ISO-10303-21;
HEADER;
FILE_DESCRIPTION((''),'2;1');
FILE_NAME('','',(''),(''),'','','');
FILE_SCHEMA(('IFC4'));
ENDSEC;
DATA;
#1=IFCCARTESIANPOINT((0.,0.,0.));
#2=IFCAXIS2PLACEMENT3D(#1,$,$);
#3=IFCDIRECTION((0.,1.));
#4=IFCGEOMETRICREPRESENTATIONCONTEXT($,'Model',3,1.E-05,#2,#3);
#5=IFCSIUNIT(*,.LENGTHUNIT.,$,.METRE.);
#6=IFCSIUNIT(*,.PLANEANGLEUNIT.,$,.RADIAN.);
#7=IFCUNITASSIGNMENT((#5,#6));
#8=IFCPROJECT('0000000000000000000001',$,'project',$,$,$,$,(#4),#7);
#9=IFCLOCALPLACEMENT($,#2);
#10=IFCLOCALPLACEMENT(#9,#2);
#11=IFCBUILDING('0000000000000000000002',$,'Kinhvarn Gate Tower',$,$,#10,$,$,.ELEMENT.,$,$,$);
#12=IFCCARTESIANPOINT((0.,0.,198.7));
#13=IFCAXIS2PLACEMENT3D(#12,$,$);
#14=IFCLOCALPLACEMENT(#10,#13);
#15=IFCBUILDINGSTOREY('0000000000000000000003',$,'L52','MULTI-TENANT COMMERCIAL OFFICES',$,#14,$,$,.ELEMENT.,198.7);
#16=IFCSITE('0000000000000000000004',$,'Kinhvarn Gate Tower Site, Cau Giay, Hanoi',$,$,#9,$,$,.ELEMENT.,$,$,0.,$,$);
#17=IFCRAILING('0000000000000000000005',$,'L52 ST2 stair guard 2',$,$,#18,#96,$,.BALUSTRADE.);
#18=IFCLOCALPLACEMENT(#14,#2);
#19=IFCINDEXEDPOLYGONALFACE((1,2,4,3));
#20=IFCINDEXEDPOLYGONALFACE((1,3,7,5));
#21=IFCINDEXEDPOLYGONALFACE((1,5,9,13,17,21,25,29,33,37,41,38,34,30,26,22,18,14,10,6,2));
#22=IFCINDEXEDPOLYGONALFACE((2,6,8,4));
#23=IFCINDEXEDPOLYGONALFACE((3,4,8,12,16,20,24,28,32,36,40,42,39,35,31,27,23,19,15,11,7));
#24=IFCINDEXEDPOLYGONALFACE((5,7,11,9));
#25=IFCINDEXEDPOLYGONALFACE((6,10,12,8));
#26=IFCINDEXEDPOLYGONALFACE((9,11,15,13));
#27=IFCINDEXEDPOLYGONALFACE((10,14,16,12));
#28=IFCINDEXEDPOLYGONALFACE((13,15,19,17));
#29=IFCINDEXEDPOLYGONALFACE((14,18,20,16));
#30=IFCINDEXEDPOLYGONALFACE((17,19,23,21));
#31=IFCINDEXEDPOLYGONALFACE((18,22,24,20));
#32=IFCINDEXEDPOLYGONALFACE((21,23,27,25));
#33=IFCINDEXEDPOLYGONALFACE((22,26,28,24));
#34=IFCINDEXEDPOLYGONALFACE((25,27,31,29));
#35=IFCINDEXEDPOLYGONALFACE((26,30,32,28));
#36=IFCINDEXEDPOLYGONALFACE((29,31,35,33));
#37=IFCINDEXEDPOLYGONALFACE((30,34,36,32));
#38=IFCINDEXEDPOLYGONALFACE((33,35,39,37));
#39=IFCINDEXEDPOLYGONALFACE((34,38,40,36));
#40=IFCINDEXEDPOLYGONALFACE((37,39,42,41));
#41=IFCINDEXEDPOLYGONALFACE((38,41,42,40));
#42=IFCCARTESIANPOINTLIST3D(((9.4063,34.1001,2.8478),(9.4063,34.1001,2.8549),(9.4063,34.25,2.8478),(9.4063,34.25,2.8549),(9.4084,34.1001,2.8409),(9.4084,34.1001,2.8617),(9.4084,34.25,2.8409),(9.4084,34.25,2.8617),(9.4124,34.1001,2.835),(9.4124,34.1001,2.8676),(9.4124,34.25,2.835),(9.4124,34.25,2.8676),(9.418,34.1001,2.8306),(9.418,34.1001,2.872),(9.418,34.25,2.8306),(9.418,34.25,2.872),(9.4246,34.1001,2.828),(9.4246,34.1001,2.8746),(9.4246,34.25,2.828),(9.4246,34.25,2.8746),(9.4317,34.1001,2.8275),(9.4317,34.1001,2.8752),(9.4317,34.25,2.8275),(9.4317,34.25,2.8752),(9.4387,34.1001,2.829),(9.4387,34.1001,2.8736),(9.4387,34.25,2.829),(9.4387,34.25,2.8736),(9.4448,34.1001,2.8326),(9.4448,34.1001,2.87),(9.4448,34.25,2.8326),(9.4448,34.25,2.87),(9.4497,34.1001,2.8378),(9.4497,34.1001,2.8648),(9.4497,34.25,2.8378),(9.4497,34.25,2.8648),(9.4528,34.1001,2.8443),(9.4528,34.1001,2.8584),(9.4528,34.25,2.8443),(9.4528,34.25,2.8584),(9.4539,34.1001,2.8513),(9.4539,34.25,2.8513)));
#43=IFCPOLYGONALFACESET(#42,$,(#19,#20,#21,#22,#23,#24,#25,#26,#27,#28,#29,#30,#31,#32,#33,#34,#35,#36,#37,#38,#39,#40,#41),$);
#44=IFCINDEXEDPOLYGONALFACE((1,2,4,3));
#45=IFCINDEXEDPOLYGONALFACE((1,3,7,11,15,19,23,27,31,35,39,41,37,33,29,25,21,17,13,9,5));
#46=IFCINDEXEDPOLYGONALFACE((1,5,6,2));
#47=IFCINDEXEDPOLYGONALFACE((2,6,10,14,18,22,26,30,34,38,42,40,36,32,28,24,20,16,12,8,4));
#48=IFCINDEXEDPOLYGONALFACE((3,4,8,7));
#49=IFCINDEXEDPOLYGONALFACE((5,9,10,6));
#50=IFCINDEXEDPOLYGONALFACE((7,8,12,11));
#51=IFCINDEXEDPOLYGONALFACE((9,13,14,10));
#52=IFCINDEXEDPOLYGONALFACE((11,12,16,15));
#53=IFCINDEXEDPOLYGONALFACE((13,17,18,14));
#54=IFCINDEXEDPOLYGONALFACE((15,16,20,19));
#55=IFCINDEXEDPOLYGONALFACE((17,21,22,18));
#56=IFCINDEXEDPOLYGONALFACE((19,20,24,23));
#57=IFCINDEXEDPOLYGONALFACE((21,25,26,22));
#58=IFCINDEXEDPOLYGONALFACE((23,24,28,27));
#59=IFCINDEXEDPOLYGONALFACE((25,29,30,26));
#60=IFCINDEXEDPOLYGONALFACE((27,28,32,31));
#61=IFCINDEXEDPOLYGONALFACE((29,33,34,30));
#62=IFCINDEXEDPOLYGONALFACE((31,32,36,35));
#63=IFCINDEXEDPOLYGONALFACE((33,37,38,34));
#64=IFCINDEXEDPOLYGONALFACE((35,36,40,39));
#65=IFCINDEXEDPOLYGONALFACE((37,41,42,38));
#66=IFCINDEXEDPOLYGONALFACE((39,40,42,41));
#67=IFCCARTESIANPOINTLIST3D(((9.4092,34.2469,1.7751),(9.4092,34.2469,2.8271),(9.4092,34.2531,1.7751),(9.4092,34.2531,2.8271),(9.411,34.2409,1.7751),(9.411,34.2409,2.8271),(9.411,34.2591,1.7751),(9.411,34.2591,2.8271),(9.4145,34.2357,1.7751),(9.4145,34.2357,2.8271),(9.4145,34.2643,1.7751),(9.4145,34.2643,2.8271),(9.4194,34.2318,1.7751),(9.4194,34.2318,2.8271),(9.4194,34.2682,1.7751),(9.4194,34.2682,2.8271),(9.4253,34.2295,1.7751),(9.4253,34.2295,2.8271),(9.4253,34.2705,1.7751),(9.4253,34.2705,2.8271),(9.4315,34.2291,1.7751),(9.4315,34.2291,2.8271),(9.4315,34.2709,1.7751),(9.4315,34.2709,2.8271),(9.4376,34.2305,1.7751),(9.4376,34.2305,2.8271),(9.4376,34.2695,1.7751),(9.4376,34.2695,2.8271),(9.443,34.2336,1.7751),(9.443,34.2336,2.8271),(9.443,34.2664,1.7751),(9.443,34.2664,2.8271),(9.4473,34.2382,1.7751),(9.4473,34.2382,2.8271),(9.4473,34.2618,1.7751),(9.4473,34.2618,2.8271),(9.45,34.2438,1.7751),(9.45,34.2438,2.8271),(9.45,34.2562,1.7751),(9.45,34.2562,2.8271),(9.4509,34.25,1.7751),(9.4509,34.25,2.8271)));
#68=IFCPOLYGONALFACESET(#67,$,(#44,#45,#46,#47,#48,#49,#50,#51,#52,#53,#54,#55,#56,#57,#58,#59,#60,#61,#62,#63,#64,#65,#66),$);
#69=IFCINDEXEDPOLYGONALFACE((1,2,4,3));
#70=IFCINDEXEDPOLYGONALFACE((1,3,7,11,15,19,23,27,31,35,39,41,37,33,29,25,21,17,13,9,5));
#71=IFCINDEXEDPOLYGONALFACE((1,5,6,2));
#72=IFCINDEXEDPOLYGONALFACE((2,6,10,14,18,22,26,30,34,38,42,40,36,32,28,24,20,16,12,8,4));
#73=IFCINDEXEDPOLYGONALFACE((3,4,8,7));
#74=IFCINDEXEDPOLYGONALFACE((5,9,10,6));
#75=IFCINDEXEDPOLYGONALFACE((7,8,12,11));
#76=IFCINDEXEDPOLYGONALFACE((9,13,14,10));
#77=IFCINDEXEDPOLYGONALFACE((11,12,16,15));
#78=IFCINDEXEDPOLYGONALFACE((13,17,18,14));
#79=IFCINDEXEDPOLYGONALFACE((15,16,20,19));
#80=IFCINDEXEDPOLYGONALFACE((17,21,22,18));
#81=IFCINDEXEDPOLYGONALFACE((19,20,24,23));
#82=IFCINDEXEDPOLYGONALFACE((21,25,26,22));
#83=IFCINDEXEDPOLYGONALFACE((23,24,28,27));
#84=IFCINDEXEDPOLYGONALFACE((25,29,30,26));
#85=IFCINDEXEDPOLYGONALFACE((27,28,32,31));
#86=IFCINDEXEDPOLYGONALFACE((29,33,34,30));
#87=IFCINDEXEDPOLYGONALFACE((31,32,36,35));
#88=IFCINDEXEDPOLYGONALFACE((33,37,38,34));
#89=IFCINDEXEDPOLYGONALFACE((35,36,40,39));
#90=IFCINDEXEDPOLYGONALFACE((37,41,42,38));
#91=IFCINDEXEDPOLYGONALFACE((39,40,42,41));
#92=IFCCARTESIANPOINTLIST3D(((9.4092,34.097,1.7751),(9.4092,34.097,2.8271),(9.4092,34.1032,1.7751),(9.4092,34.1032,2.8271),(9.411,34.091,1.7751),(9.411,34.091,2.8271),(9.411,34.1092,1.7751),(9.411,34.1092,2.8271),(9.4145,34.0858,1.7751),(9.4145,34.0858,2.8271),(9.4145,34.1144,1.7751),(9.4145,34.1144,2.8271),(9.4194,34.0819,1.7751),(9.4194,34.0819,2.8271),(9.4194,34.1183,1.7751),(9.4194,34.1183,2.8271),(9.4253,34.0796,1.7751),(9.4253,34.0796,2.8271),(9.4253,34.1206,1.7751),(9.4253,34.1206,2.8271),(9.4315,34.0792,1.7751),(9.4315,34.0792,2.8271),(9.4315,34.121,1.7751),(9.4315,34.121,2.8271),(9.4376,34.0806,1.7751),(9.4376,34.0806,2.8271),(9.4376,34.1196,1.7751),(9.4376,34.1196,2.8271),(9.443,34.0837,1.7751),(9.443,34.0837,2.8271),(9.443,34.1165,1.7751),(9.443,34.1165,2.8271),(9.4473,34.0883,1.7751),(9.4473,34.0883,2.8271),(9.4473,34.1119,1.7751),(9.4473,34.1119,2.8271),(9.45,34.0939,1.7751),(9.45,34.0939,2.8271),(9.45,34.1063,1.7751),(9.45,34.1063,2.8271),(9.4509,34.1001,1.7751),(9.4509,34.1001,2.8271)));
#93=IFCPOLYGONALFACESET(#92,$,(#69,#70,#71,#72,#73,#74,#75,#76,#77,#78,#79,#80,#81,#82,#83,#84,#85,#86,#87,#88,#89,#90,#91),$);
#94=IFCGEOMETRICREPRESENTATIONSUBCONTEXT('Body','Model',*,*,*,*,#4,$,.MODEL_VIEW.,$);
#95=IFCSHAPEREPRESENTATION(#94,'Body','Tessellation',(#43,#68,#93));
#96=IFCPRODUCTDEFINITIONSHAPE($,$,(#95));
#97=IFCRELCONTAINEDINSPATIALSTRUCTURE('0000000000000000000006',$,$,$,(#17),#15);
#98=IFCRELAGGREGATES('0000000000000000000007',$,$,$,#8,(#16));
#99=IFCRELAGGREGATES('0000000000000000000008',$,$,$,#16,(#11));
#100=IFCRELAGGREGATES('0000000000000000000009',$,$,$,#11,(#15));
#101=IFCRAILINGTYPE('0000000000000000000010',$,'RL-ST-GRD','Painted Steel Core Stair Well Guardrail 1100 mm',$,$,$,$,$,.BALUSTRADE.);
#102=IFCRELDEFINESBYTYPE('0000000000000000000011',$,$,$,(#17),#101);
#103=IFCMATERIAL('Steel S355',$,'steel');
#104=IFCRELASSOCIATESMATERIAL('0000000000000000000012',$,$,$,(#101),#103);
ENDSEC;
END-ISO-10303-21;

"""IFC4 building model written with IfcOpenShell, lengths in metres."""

from ifc_helpers import new_model, si_unit, direction, frame, origin, origin_2d, place, context, subcontext, project, spatial, circle, extrude, material, type_object, element, save


model = new_model("IFC4")

# Units and contexts
model_context = context("Model", 3, precision=1e-05, world=origin(), true_north=direction((0.0, 1.0)))
body_context = subcontext(model_context, "Body", "Model", "MODEL_VIEW")
ifc_project = project(units=[si_unit("LENGTHUNIT", "METRE"), si_unit("PLANEANGLEUNIT", "RADIAN")], contexts=[model_context])

# Site, building, storey
site_placement = place(None, origin())
site = spatial("IfcSite", under=ifc_project, at=site_placement, Name="Kinhvarn Gate Tower Site, Cau Giay, Hanoi", CompositionType="ELEMENT", RefElevation=0.0)
building_placement = place(site_placement, origin())
building = spatial("IfcBuilding", under=site, at=building_placement, Name="Kinhvarn Gate Tower", CompositionType="ELEMENT")
storey_placement = place(building_placement, frame((0.0, 0.0, 198.7)))
storey = spatial("IfcBuildingStorey", under=building, at=storey_placement, Name="L52", Description="MULTI-TENANT COMMERCIAL OFFICES", CompositionType="ELEMENT", Elevation=198.7)

# Railing
ifc_material_1 = material(Name="Steel S355", Category="steel")
railing_type_1 = type_object("IfcRailingType", Name="RL-ST-GRD", Description="Painted Steel Core Stair Well Guardrail 1100 mm", PredefinedType="BALUSTRADE", material=ifc_material_1)
railing_1_placement = place(storey_placement, frame((9.4299, 34.25, 1.7751)))
element("IfcRailing", 1, at=railing_1_placement, inside=storey, type_object=railing_type_1, Name="L52 ST2 stair guard 2", PredefinedType="BALUSTRADE", context=body_context, shape_type="SweptSolid", body=[
    extrude(circle(Radius=0.0239, at=origin_2d()), frame((0.0, 0.0, 1.0762), z_axis=(0.0, -1.0, 0.0), x_axis=(1.0, 0.0, 0.0)), (0.0, 0.0, 1.0), 0.1499),
    extrude(circle(Radius=0.021, at=origin_2d()), origin(), (0.0, 0.0, 1.0), 1.052),
    extrude(circle(Radius=0.021, at=origin_2d()), frame((0.0, -0.1499, 0.0)), (0.0, 0.0, 1.0), 1.052),
])

save(model, "model.ifc")
